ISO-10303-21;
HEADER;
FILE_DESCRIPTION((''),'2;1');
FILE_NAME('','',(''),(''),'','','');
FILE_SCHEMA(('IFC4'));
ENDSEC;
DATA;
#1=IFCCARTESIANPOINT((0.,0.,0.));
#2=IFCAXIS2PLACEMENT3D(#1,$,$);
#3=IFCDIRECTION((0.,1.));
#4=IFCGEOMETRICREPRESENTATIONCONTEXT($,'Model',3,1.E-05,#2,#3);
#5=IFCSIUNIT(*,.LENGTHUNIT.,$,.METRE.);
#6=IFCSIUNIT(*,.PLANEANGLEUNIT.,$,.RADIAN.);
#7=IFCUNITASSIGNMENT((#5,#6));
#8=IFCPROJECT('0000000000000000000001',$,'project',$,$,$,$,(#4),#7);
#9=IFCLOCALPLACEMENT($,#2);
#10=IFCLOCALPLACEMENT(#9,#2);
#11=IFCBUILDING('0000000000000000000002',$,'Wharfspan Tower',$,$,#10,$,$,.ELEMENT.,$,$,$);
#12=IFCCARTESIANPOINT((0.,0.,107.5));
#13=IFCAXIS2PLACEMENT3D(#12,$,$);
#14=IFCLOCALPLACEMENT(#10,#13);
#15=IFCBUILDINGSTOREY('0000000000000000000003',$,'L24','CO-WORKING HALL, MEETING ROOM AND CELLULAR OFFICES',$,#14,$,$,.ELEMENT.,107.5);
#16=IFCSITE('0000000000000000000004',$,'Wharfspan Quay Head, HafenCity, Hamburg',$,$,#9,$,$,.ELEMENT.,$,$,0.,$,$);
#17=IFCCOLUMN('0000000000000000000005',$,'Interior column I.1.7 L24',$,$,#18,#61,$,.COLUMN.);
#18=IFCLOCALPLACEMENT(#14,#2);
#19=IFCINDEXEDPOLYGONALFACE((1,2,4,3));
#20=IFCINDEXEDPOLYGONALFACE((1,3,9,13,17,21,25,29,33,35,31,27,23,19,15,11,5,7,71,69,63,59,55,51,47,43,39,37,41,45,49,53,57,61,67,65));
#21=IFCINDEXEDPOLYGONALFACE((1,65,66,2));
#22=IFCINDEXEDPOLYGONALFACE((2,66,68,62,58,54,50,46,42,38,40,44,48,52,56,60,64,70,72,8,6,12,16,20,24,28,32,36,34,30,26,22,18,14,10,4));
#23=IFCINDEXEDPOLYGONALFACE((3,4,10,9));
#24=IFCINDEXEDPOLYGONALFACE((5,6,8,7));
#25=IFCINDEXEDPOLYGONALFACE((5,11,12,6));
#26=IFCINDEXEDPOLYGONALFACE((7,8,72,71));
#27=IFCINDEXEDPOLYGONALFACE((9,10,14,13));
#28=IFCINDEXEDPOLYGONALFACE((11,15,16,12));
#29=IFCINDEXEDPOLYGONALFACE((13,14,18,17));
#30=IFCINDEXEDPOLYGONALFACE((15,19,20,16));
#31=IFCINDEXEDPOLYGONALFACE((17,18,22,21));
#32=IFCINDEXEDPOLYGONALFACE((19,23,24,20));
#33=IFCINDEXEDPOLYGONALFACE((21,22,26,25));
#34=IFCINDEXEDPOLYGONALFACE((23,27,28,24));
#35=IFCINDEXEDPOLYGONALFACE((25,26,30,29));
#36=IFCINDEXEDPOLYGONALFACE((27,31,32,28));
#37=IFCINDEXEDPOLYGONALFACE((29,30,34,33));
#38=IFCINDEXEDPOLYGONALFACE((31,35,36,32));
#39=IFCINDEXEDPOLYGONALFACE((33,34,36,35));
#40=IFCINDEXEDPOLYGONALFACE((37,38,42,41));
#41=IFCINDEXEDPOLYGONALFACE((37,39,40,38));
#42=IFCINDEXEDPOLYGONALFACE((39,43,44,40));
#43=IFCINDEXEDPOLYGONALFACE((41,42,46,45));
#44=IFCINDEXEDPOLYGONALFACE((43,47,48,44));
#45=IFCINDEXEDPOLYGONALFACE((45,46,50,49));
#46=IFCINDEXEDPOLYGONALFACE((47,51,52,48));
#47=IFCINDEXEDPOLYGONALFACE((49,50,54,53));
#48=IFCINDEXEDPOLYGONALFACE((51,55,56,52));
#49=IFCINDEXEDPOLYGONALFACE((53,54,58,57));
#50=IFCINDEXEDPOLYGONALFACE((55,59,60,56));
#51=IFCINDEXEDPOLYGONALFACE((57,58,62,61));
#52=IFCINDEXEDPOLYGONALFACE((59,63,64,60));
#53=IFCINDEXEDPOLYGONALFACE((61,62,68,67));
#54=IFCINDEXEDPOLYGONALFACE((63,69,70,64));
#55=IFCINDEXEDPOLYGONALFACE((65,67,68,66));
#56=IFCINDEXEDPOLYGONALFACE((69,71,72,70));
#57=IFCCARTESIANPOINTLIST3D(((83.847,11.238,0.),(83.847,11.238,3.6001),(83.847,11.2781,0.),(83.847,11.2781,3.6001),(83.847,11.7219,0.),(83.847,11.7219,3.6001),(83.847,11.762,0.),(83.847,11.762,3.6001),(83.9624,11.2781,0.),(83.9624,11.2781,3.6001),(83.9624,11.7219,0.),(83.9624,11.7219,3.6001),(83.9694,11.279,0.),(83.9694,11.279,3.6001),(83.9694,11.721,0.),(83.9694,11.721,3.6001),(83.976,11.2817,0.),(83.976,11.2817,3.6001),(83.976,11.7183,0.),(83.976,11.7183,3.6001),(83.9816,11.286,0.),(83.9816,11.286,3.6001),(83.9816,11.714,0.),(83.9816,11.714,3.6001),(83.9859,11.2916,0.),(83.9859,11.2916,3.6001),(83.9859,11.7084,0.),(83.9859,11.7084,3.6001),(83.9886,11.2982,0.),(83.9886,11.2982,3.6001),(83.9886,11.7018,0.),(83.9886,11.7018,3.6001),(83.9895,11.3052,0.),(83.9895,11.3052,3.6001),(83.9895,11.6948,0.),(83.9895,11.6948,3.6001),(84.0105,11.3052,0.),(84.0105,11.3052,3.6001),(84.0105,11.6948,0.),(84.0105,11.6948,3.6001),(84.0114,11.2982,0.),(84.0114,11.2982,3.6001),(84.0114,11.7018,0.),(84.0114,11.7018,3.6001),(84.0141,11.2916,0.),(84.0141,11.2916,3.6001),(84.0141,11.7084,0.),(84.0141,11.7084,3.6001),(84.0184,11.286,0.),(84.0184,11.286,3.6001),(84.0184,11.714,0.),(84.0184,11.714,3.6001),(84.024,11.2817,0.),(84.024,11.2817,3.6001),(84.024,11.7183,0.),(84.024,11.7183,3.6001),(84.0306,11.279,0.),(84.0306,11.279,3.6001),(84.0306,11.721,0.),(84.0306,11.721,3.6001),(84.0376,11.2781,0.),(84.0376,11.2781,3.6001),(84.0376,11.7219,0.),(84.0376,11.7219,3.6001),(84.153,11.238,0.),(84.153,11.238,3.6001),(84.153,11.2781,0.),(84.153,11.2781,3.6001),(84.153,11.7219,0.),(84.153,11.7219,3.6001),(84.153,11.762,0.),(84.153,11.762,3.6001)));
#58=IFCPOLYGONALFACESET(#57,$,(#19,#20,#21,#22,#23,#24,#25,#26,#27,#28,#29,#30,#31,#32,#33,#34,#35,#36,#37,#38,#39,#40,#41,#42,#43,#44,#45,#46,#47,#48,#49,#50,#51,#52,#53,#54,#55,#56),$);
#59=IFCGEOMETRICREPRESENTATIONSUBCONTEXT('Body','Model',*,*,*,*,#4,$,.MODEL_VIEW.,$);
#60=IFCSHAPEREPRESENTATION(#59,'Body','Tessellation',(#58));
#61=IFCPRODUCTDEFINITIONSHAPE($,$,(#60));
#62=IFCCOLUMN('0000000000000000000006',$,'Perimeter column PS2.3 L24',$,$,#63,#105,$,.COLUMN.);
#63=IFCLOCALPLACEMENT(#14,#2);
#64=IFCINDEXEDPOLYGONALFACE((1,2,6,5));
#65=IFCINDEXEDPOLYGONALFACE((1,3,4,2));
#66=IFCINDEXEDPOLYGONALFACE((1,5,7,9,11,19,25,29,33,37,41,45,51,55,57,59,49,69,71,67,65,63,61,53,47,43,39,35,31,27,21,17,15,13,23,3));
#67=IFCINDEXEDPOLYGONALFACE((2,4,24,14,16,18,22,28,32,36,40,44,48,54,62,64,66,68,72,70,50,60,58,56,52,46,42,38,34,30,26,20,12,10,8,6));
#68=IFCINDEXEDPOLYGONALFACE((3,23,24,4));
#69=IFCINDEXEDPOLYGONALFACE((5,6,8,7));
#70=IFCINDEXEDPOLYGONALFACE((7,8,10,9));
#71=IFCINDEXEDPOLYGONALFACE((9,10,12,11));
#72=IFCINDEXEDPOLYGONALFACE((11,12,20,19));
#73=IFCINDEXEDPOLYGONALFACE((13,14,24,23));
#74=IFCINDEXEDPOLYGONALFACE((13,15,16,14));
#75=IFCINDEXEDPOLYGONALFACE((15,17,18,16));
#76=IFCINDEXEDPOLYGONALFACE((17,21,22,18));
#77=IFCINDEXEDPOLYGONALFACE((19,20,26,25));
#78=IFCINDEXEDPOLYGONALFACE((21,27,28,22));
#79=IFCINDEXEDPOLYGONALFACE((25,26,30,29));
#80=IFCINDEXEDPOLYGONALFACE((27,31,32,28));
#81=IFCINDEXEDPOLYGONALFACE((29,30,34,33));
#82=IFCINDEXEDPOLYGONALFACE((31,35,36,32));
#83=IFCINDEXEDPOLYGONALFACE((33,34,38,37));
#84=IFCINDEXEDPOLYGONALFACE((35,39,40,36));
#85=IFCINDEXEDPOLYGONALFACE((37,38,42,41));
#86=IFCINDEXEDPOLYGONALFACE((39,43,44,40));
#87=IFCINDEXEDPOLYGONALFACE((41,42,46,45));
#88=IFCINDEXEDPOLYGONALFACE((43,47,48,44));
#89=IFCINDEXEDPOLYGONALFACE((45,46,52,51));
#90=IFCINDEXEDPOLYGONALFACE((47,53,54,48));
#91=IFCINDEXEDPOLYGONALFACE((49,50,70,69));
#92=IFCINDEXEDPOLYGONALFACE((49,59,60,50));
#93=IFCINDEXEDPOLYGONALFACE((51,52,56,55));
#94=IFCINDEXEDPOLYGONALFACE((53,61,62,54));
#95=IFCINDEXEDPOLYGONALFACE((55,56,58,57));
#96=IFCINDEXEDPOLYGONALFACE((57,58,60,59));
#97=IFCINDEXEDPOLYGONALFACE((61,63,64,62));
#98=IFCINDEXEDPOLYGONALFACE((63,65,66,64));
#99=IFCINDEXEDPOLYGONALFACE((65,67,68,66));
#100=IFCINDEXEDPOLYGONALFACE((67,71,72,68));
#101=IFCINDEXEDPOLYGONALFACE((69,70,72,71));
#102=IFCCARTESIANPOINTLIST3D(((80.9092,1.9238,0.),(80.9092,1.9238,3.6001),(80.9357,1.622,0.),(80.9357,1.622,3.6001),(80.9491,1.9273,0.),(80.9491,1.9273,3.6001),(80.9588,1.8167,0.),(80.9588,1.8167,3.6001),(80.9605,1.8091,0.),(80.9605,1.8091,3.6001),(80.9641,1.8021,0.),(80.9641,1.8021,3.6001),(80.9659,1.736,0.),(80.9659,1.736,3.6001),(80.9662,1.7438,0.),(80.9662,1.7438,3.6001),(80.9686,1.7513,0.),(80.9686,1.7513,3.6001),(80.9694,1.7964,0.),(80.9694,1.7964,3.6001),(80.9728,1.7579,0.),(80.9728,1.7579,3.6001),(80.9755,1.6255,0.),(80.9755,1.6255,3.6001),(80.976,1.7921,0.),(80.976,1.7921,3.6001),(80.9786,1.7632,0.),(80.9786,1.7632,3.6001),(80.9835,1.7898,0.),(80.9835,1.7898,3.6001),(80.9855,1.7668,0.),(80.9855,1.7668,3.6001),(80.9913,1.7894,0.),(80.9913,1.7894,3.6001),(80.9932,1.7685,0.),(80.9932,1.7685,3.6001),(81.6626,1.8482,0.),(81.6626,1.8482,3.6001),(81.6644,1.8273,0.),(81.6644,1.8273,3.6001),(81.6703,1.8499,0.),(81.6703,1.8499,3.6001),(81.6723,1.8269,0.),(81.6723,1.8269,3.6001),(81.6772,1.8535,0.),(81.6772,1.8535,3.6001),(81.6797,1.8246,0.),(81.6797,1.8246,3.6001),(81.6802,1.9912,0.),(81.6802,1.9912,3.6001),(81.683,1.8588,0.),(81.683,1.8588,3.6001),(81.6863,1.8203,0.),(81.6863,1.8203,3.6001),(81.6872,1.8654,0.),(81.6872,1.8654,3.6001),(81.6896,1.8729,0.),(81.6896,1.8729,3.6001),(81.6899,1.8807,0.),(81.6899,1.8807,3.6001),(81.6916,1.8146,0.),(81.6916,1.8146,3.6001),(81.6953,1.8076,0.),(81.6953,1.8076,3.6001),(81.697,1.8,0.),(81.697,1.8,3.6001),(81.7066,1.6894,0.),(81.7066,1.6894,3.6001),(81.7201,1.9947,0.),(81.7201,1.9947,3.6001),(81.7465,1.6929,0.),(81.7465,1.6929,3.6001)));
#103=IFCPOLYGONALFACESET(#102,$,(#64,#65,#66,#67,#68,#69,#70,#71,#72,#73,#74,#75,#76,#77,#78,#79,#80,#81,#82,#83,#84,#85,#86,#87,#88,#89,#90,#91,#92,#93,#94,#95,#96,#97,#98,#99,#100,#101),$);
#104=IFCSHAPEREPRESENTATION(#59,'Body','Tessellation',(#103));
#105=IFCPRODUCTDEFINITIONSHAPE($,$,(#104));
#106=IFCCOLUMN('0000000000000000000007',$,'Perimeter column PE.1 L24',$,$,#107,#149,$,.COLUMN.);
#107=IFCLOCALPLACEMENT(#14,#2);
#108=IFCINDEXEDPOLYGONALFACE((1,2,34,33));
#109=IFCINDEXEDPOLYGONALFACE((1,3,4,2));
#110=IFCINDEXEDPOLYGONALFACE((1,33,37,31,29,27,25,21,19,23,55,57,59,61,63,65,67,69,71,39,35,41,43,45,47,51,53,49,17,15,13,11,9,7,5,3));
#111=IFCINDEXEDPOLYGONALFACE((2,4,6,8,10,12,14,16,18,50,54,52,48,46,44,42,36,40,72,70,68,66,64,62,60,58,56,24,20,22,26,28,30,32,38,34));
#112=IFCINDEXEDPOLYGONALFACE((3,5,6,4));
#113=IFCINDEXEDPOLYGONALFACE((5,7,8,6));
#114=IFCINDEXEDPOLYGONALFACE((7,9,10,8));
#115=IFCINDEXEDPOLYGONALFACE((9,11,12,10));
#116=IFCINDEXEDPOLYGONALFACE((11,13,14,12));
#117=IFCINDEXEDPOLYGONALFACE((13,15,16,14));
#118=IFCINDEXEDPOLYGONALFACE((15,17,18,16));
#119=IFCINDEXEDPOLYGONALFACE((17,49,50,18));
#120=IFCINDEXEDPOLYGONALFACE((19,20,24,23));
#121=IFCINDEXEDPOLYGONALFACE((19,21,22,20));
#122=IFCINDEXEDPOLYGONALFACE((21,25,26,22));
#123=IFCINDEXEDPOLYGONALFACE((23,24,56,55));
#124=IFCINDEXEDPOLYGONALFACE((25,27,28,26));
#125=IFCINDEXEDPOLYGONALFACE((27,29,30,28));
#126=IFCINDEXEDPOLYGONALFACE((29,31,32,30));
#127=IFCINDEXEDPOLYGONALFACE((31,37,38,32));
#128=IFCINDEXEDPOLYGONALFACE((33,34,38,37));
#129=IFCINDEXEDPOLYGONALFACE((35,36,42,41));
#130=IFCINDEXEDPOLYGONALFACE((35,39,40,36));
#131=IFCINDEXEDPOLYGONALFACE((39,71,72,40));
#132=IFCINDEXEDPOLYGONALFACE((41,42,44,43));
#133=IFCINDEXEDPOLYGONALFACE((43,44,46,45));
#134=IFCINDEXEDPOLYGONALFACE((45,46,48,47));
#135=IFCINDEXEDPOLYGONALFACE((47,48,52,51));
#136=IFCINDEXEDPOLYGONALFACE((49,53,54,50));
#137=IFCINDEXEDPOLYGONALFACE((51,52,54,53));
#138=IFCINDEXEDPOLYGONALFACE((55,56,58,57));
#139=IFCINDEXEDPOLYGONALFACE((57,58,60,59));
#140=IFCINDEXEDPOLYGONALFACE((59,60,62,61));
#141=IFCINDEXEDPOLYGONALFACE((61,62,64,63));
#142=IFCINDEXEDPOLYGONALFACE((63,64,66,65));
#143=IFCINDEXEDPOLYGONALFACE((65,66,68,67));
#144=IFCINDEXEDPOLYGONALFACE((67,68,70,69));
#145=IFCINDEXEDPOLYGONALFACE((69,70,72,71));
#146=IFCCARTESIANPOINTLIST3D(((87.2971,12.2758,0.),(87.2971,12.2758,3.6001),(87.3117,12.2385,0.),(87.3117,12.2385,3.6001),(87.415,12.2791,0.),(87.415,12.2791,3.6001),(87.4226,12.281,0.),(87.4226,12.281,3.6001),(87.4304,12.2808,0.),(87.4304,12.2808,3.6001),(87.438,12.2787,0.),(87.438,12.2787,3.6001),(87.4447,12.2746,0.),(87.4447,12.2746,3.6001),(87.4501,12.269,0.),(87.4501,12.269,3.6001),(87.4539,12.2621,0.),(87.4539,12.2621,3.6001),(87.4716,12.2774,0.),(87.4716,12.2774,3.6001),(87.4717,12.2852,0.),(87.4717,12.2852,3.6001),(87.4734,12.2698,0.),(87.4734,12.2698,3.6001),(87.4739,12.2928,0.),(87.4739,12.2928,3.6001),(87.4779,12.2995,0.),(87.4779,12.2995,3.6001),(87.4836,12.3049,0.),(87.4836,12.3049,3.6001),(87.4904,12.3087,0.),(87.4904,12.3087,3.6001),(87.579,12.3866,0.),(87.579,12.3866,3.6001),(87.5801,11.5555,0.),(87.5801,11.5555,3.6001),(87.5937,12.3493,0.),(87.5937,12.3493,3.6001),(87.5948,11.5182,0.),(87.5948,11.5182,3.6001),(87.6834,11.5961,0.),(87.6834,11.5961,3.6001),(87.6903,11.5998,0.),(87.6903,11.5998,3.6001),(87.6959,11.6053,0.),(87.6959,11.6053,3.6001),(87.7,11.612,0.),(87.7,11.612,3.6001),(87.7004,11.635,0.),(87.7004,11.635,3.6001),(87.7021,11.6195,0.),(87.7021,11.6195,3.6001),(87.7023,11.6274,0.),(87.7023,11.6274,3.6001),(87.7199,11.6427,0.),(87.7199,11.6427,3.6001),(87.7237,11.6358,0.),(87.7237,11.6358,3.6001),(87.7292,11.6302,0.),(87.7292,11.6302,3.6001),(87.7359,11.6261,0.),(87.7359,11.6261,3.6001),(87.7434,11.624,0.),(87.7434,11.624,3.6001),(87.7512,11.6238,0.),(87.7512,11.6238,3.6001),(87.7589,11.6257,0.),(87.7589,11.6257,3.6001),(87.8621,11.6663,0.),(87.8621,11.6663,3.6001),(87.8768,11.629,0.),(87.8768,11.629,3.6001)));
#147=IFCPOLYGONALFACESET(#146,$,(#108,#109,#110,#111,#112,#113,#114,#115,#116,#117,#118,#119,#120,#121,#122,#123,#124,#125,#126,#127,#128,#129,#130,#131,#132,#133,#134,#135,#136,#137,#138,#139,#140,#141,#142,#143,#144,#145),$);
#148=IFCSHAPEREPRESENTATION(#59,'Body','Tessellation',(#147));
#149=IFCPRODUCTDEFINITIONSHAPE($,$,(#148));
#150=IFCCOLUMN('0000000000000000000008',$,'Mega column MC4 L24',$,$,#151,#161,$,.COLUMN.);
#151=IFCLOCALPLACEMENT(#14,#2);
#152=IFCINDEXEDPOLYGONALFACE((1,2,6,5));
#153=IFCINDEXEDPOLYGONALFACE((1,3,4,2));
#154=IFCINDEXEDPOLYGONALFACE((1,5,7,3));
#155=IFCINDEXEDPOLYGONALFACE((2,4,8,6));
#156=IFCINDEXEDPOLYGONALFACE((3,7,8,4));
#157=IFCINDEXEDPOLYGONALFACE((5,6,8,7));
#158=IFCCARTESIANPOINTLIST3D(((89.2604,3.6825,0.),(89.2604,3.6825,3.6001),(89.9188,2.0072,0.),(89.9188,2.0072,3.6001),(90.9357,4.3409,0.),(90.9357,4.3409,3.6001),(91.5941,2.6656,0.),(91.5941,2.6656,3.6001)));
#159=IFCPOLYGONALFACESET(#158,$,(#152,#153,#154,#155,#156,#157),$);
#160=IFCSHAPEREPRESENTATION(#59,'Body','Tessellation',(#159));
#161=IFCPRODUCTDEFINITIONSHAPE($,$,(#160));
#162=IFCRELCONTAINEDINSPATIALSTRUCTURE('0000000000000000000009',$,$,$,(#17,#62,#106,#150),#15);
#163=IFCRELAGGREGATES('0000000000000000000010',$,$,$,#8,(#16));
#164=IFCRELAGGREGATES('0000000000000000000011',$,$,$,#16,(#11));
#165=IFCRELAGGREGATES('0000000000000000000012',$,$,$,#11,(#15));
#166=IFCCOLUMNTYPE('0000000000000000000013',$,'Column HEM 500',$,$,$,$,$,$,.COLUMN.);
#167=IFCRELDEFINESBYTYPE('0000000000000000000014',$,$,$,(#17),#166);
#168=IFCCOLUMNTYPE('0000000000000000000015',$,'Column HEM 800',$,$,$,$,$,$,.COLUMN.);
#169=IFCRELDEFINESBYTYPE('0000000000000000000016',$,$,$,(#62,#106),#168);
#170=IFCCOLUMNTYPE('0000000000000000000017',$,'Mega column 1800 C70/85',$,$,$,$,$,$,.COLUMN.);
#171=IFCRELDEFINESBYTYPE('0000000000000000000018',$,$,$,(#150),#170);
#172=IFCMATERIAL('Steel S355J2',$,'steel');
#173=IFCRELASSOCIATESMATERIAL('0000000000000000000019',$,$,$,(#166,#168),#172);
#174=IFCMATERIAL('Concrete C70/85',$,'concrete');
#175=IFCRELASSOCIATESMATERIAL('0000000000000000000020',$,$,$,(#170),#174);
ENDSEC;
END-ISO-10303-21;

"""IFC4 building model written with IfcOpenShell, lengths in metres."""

from ifc_helpers import new_model, si_unit, direction, frame, origin, origin_2d, place, context, subcontext, project, spatial, rectangle, i_section, extrude, material, material_profile, profile_set, type_object, element, save


model = new_model("IFC4")

# Units and contexts
model_context = context("Model", 3, precision=1e-05, world=origin(), true_north=direction((0.0, 1.0)))
body_context = subcontext(model_context, "Body", "Model", "MODEL_VIEW")
ifc_project = project(units=[si_unit("LENGTHUNIT", "METRE"), si_unit("PLANEANGLEUNIT", "RADIAN")], contexts=[model_context])

# Site, building, storey
site_placement = place(None, origin())
site = spatial("IfcSite", under=ifc_project, at=site_placement, Name="Wharfspan Quay Head, HafenCity, Hamburg", CompositionType="ELEMENT", RefElevation=0.0)
building_placement = place(site_placement, origin())
building = spatial("IfcBuilding", under=site, at=building_placement, Name="Wharfspan Tower", CompositionType="ELEMENT")
storey_placement = place(building_placement, frame((0.0, 0.0, 107.5)))
storey = spatial("IfcBuildingStorey", under=building, at=storey_placement, Name="L24", Description="CO-WORKING HALL, MEETING ROOM AND CELLULAR OFFICES", CompositionType="ELEMENT", Elevation=107.5)

# Columns
ifc_material_1 = material(Name="Steel S355J2", Category="steel")
ifc_material_profile_1 = material_profile(ifc_material_1, i_section(OverallWidth=0.3059, OverallDepth=0.5239, WebThickness=0.021, FlangeThickness=0.04, FilletRadius=0.0271, at=origin_2d()))
ifc_profile_set_1 = profile_set([ifc_material_profile_1], Name="Steel S355J2")
column_type_1 = type_object("IfcColumnType", Name="Column HEM 500", PredefinedType="COLUMN", material=ifc_profile_set_1)
column_1_placement = place(storey_placement, frame((84.0, 11.5, 0.0), z_axis=(0.0, 0.0, 1.0), x_axis=(1.0, 0.0, 0.0)))
element("IfcColumn", 1, at=column_1_placement, inside=storey, type_object=column_type_1, Name="Interior column I.1.7 L24", PredefinedType="COLUMN", context=body_context, shape_type="SweptSolid", body=[
    extrude(i_section(OverallWidth=0.3059, OverallDepth=0.5239, WebThickness=0.021, FlangeThickness=0.04, FilletRadius=0.0271, at=origin_2d()), origin(), (0.0, 0.0, 1.0), 3.6001),
])
ifc_material_profile_2 = material_profile(ifc_material_1, i_section(OverallWidth=0.303, OverallDepth=0.814, WebThickness=0.021, FlangeThickness=0.04, FilletRadius=0.03, at=origin_2d()))
ifc_profile_set_2 = profile_set([ifc_material_profile_2], Name="Steel S355J2")
column_type_2 = type_object("IfcColumnType", Name="Column HEM 800", PredefinedType="COLUMN", material=ifc_profile_set_2)
for number, where, z_axis, x_axis, name in (
    (2, (81.3279, 1.8083, 0.0), (0.0, 0.0, 1.0), (0.087156, -0.996198, 0.0), "Perimeter column PS2.3 L24"),
    (3, (87.5869, 11.9524, 0.0), (0.0, 0.0, 1.0), (0.930702, 0.365778, 0.0), "Perimeter column PE.1 L24"),
):
    element("IfcColumn", number, at=place(storey_placement, frame(where, z_axis=z_axis, x_axis=x_axis)), inside=storey, type_object=column_type_2, Name=name, PredefinedType="COLUMN", context=body_context, shape_type="SweptSolid", body=[
        extrude(i_section(OverallWidth=0.303, OverallDepth=0.814, WebThickness=0.021, FlangeThickness=0.04, FilletRadius=0.03, at=origin_2d()), origin(), (0.0, 0.0, 1.0), 3.6001),
    ])
ifc_material_2 = material(Name="Concrete C70/85", Category="concrete")
ifc_material_profile_3 = material_profile(ifc_material_2, rectangle(XDim=1.8, YDim=1.8, at=origin_2d()))
ifc_profile_set_3 = profile_set([ifc_material_profile_3], Name="Concrete C70/85")
column_type_3 = type_object("IfcColumnType", Name="Mega column 1800 C70/85", PredefinedType="COLUMN", material=ifc_profile_set_3)
column_2_placement = place(storey_placement, frame((90.4272, 3.1741, 0.0), z_axis=(0.0, 0.0, 1.0), x_axis=(-0.365778, 0.930702, 0.0)))
element("IfcColumn", 4, at=column_2_placement, inside=storey, type_object=column_type_3, Name="Mega column MC4 L24", PredefinedType="COLUMN", context=body_context, shape_type="SweptSolid", body=[
    extrude(rectangle(XDim=1.8, YDim=1.8, at=origin_2d()), origin(), (0.0, 0.0, 1.0), 3.6001),
])

save(model, "model.ifc")
